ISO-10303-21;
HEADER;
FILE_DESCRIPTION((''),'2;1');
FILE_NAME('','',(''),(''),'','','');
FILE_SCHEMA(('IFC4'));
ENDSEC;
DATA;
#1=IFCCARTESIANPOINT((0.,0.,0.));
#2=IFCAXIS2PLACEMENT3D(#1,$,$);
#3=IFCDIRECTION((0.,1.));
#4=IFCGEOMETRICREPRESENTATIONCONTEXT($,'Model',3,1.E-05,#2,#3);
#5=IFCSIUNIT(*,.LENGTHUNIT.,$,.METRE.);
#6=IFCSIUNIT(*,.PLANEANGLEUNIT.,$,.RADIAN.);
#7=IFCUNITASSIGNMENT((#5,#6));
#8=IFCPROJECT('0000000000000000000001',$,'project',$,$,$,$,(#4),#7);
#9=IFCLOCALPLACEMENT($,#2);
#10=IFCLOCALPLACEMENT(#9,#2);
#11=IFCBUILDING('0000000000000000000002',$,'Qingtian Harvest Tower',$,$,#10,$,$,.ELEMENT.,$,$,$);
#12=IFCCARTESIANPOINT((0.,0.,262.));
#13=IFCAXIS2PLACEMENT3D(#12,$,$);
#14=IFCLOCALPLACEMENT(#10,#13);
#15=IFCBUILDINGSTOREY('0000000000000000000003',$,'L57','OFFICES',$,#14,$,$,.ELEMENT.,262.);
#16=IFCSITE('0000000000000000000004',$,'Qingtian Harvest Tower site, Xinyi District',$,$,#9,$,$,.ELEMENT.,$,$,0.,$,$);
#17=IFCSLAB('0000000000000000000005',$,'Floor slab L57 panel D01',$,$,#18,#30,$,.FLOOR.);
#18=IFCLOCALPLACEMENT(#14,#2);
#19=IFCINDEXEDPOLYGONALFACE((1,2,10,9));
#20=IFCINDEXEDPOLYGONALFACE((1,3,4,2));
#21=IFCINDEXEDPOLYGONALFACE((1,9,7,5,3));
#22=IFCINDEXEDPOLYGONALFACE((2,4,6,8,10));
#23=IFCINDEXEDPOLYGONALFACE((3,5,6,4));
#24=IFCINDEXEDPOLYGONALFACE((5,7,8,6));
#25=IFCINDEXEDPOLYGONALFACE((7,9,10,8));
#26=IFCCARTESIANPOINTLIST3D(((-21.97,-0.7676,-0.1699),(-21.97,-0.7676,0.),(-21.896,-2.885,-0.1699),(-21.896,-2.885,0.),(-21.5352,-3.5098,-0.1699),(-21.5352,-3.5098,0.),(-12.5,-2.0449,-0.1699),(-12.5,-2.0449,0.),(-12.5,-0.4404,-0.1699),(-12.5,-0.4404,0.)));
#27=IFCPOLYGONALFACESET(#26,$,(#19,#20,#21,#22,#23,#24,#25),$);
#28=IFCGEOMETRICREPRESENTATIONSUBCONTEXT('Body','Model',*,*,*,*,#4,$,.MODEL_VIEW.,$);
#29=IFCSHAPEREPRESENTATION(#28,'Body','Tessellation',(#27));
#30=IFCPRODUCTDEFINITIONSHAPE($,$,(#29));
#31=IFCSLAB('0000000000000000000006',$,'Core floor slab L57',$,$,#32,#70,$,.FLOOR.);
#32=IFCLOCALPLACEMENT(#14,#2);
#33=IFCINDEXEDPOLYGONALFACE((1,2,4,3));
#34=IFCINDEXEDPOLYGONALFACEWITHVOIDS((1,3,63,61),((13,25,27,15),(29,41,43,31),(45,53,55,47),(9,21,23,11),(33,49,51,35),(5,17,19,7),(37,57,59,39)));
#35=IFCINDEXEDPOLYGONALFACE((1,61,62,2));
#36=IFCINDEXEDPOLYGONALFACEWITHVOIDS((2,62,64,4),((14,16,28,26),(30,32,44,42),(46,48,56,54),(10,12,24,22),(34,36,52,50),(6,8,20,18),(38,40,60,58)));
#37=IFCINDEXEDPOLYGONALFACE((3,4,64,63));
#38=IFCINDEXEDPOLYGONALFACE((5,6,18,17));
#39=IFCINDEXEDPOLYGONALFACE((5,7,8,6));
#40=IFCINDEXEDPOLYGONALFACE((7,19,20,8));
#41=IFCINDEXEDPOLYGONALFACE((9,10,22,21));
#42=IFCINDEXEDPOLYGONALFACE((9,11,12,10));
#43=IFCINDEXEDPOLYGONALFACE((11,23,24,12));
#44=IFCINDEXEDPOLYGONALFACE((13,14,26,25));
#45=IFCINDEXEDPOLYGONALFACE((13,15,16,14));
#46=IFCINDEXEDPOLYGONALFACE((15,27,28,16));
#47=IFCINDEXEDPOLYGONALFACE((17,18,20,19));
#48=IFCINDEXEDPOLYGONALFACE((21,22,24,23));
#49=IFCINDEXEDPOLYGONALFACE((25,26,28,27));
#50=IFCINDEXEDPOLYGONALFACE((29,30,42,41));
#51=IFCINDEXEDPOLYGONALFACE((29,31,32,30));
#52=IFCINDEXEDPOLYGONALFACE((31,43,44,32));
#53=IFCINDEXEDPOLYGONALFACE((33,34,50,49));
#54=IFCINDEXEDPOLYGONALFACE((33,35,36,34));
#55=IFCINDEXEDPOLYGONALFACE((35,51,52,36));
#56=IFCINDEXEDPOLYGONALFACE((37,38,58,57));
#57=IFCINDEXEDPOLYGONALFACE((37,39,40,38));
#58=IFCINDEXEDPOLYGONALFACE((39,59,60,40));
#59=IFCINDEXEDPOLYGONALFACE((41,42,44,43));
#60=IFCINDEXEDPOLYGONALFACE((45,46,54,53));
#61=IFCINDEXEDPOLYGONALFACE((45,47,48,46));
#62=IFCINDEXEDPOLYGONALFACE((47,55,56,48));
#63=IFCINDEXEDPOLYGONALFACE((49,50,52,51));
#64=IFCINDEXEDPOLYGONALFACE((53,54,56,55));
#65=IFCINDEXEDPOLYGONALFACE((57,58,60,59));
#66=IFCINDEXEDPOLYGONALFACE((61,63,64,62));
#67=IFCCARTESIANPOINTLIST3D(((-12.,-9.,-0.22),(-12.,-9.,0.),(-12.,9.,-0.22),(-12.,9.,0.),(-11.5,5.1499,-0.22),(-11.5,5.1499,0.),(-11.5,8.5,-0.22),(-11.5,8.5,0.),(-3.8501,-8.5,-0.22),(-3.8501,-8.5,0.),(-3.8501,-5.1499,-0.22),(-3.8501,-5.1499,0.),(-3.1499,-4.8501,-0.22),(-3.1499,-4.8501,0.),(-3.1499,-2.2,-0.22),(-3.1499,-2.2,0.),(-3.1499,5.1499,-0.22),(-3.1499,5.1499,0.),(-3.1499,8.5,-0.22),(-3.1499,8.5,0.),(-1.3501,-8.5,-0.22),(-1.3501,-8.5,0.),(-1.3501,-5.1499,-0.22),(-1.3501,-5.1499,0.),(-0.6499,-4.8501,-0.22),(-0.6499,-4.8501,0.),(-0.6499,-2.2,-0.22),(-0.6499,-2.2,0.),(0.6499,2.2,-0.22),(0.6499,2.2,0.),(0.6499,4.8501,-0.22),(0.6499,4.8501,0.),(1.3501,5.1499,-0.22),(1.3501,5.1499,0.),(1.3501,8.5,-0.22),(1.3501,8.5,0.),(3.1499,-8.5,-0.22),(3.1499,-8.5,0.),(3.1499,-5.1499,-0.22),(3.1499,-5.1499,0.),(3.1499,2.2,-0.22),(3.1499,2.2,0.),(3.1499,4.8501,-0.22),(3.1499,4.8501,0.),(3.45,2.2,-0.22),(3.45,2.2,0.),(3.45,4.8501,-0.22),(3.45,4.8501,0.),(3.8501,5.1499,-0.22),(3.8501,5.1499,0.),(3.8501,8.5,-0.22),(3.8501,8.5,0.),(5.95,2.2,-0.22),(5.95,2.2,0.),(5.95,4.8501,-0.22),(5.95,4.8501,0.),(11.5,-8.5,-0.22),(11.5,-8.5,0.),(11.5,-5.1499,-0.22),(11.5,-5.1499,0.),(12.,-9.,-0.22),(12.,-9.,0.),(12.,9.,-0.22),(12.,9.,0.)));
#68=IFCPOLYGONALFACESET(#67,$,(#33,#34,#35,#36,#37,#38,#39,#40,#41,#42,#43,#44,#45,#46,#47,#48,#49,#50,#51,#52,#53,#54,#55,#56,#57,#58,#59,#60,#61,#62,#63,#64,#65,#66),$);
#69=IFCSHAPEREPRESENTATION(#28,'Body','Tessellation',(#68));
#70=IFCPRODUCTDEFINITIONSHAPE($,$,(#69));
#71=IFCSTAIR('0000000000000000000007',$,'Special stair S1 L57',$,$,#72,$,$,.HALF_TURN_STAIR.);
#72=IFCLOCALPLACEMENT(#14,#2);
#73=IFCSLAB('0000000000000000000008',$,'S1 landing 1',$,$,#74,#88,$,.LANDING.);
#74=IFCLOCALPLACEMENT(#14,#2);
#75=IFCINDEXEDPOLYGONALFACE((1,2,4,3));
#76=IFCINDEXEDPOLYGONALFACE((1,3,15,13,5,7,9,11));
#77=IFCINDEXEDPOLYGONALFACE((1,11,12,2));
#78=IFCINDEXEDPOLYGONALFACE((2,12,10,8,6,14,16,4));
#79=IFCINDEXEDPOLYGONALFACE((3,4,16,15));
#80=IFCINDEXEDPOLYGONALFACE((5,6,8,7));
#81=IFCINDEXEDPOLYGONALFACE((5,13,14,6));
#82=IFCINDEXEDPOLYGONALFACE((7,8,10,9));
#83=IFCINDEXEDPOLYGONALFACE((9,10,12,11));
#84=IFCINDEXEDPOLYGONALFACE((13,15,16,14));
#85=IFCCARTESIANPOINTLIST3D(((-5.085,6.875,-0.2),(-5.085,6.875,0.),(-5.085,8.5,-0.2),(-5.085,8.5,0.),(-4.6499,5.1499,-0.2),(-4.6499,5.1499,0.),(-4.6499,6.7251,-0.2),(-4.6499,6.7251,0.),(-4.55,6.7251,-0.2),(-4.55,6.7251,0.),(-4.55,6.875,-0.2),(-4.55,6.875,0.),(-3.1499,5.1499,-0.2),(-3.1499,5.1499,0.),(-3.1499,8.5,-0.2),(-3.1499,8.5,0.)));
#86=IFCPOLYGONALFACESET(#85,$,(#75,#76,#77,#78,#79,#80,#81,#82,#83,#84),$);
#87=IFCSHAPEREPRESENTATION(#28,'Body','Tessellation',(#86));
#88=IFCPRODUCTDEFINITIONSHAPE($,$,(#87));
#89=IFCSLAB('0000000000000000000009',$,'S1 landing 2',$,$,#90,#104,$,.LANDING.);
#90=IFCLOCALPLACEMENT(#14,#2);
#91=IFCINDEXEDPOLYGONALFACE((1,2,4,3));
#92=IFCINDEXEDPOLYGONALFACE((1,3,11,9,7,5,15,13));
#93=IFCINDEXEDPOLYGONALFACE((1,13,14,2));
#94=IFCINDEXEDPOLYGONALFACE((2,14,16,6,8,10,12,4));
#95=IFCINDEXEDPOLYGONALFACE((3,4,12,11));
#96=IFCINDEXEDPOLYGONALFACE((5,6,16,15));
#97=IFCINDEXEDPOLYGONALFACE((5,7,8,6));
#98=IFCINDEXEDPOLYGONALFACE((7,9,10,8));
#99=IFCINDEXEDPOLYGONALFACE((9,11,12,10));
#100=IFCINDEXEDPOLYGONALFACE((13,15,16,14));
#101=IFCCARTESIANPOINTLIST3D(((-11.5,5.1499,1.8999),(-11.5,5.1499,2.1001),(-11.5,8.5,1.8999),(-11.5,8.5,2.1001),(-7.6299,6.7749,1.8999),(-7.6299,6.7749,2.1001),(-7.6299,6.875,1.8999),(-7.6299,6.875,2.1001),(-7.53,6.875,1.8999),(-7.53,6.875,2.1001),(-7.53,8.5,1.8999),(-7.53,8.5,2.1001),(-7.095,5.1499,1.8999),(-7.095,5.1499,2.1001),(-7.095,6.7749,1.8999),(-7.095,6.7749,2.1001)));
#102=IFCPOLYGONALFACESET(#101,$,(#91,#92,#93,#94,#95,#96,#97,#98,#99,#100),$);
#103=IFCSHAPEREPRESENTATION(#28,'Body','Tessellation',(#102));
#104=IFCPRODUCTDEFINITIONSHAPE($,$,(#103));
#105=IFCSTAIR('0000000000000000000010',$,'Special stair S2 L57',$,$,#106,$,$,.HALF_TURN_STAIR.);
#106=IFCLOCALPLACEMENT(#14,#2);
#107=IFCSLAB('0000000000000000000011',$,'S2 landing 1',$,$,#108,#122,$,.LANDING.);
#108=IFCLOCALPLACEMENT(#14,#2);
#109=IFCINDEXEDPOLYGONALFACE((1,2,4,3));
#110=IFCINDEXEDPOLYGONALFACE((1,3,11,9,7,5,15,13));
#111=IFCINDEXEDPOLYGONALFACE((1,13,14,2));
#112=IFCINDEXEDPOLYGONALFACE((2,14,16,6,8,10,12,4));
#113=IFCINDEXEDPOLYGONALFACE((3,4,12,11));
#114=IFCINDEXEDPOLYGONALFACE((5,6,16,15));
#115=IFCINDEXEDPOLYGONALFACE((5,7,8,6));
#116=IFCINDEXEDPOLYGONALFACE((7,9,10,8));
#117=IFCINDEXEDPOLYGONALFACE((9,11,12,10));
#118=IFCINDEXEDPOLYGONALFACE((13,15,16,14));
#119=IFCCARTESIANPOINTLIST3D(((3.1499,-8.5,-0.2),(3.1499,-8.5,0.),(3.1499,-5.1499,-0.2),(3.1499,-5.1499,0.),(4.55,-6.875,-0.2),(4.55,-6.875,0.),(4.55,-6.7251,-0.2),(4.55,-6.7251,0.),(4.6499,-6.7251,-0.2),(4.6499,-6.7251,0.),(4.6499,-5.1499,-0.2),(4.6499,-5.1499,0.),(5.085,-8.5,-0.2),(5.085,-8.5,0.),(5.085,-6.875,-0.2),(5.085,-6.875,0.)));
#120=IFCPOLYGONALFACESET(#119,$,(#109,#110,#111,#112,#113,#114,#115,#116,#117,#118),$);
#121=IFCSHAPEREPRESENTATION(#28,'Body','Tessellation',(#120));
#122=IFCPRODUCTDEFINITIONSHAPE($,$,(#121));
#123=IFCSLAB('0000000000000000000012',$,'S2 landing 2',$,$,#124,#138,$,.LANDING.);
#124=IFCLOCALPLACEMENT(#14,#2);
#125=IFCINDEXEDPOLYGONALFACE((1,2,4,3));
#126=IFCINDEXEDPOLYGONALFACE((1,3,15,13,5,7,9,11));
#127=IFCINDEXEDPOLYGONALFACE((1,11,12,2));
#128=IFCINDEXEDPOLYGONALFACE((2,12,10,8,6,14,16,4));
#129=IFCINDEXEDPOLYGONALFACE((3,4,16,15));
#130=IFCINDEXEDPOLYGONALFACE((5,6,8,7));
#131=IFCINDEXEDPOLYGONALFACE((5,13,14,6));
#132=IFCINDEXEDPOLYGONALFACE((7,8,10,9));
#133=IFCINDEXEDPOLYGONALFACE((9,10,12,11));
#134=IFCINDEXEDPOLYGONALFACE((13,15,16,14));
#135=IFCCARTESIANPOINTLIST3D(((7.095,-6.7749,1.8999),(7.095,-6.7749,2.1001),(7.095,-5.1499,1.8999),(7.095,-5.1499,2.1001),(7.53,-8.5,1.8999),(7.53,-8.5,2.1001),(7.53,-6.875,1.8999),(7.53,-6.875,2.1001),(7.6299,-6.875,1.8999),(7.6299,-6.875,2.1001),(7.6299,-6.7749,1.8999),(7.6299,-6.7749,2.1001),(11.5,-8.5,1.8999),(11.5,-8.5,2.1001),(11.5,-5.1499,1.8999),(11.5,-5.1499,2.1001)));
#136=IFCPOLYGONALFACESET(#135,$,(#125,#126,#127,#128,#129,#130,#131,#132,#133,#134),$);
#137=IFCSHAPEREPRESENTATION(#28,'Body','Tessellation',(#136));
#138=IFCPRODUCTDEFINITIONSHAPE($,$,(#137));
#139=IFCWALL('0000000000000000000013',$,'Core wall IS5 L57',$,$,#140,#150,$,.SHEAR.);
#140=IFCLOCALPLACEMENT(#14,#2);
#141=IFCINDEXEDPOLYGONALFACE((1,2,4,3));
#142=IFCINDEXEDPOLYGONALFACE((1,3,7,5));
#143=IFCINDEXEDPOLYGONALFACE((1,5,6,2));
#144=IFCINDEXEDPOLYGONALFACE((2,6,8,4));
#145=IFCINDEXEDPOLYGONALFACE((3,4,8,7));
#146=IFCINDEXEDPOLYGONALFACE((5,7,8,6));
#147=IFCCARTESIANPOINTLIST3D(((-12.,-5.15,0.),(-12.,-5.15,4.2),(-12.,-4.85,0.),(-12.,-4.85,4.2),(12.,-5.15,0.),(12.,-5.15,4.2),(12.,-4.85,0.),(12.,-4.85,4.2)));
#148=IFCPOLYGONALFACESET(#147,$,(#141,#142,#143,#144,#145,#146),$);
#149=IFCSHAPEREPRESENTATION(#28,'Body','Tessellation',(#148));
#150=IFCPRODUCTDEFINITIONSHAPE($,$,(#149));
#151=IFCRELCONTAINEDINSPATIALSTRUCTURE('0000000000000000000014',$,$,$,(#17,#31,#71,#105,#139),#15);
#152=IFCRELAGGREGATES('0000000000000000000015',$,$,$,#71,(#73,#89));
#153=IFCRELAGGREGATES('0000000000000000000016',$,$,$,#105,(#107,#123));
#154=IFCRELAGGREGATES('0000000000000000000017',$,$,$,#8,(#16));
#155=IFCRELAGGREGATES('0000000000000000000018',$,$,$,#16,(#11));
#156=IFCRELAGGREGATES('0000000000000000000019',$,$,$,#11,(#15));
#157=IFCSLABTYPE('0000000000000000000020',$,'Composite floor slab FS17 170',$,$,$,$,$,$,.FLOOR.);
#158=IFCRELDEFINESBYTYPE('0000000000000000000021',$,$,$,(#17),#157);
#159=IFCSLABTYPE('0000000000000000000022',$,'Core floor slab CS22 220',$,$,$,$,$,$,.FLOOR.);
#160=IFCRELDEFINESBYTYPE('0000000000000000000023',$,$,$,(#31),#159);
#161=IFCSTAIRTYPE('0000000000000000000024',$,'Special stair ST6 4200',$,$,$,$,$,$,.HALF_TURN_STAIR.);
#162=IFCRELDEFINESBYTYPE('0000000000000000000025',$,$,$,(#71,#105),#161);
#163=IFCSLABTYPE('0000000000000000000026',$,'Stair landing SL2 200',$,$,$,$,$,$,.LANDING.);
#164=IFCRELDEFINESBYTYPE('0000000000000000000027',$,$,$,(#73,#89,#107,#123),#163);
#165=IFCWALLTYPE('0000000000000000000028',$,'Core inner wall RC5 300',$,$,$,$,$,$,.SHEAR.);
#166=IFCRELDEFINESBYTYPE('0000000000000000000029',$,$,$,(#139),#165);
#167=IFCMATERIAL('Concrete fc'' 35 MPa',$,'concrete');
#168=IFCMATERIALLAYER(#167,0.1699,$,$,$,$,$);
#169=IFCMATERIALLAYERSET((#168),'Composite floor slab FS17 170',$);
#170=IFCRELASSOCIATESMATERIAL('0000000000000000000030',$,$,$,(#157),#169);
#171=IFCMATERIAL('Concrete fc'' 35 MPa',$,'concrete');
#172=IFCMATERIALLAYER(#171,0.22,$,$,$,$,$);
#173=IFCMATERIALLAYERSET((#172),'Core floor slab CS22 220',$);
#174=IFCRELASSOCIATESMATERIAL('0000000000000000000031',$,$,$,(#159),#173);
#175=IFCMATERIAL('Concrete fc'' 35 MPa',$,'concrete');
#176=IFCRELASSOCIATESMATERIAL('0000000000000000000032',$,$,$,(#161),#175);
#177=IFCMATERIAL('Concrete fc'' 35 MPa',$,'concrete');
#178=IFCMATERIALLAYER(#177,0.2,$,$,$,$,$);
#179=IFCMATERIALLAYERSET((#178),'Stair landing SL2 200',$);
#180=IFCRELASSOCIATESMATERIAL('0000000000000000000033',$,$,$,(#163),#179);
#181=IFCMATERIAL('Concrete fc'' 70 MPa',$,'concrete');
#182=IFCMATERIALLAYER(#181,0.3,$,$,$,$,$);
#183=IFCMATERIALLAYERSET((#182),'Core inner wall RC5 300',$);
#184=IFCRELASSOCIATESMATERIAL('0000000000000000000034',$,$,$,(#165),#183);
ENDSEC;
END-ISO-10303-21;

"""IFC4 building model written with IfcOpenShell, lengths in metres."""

from ifc_helpers import new_model, si_unit, direction, frame, frame_2d, origin, place, context, subcontext, project, spatial, polyline, rectangle, outline, extrude, material, layer, layer_set, type_object, element, aggregate, save


model = new_model("IFC4")

# Units and contexts
model_context = context("Model", 3, precision=1e-05, world=origin(), true_north=direction((0.0, 1.0)))
body_context = subcontext(model_context, "Body", "Model", "MODEL_VIEW")
ifc_project = project(units=[si_unit("LENGTHUNIT", "METRE"), si_unit("PLANEANGLEUNIT", "RADIAN")], contexts=[model_context])

# Site, building, storey
site_placement = place(None, origin())
site = spatial("IfcSite", under=ifc_project, at=site_placement, Name="Qingtian Harvest Tower site, Xinyi District", CompositionType="ELEMENT", RefElevation=0.0)
building_placement = place(site_placement, origin())
building = spatial("IfcBuilding", under=site, at=building_placement, Name="Qingtian Harvest Tower", CompositionType="ELEMENT")
storey_placement = place(building_placement, frame((0.0, 0.0, 262.0)))
storey = spatial("IfcBuildingStorey", under=building, at=storey_placement, Name="L57", Description="OFFICES", CompositionType="ELEMENT", Elevation=262.0)

# Slabs
ifc_material_1 = material(Name="Concrete fc' 35 MPa", Category="concrete")
ifc_layer_1 = layer(ifc_material_1, 0.1699)
ifc_layer_set_1 = layer_set([ifc_layer_1], Name="Composite floor slab FS17 170")
slab_type_1 = type_object("IfcSlabType", Name="Composite floor slab FS17 170", PredefinedType="FLOOR", material=ifc_layer_set_1)
slab_1_placement = place(storey_placement, frame((0.0, 0.0, -0.1699)))
element("IfcSlab", 1, at=slab_1_placement, inside=storey, type_object=slab_type_1, Name="Floor slab L57 panel D01", PredefinedType="FLOOR", context=body_context, shape_type="SweptSolid", body=[
    extrude(outline(polyline([(-21.97, -0.7676), (-12.5, -0.4404), (-12.5, -2.0449), (-21.5352, -3.5098), (-21.896, -2.885), (-21.97, -0.7676)])), origin(), (0.0, 0.0, 1.0), 0.1699),
])
ifc_material_2 = material(Name="Concrete fc' 35 MPa", Category="concrete")
ifc_layer_2 = layer(ifc_material_2, 0.22)
ifc_layer_set_2 = layer_set([ifc_layer_2], Name="Core floor slab CS22 220")
slab_type_2 = type_object("IfcSlabType", Name="Core floor slab CS22 220", PredefinedType="FLOOR", material=ifc_layer_set_2)
slab_2_placement = place(storey_placement, frame((0.0, 0.0, -0.22)))
element("IfcSlab", 2, at=slab_2_placement, inside=storey, type_object=slab_type_2, Name="Core floor slab L57", PredefinedType="FLOOR", context=body_context, shape_type="SweptSolid", body=[
    extrude(outline(polyline([(-12.0, -9.0), (12.0, -9.0), (12.0, 9.0), (-12.0, 9.0), (-12.0, -9.0)]), holes=[polyline([(-11.5, 5.1499), (-3.1499, 5.1499), (-3.1499, 8.5), (-11.5, 8.5), (-11.5, 5.1499)]), polyline([(3.1499, -8.5), (11.5, -8.5), (11.5, -5.1499), (3.1499, -5.1499), (3.1499, -8.5)]), polyline([(1.3501, 5.1499), (3.8501, 5.1499), (3.8501, 8.5), (1.3501, 8.5), (1.3501, 5.1499)]), polyline([(-3.8501, -8.5), (-1.3501, -8.5), (-1.3501, -5.1499), (-3.8501, -5.1499), (-3.8501, -8.5)]), polyline([(0.6499, 2.2), (3.1499, 2.2), (3.1499, 4.8501), (0.6499, 4.8501), (0.6499, 2.2)]), polyline([(3.45, 2.2), (5.95, 2.2), (5.95, 4.8501), (3.45, 4.8501), (3.45, 2.2)]), polyline([(-3.1499, -4.8501), (-0.6499, -4.8501), (-0.6499, -2.2), (-3.1499, -2.2), (-3.1499, -4.8501)])]), origin(), (0.0, 0.0, 1.0), 0.22),
])

# Stairs, slabs
ifc_material_3 = material(Name="Concrete fc' 35 MPa", Category="concrete")
stair_type = type_object("IfcStairType", Name="Special stair ST6 4200", PredefinedType="HALF_TURN_STAIR", material=ifc_material_3)
stair_1_placement = place(storey_placement, origin())
stair_1 = element("IfcStair", 3, at=stair_1_placement, inside=storey, type_object=stair_type, Name="Special stair S1 L57", PredefinedType="HALF_TURN_STAIR")
ifc_material_4 = material(Name="Concrete fc' 35 MPa", Category="concrete")
ifc_layer_3 = layer(ifc_material_4, 0.2)
ifc_layer_set_3 = layer_set([ifc_layer_3], Name="Stair landing SL2 200")
slab_type_3 = type_object("IfcSlabType", Name="Stair landing SL2 200", PredefinedType="LANDING", material=ifc_layer_set_3)
slab_3_placement = place(storey_placement, frame((0.0, 0.0, -0.2)))
slab_3 = element("IfcSlab", 4, at=slab_3_placement, type_object=slab_type_3, Name="S1 landing 1", PredefinedType="LANDING", context=body_context, shape_type="SweptSolid", body=[
    extrude(outline(polyline([(-4.6499, 5.1499), (-4.6499, 6.7251), (-4.55, 6.7251), (-4.55, 6.875), (-5.085, 6.875), (-5.085, 8.5), (-3.1499, 8.5), (-3.1499, 5.1499), (-4.6499, 5.1499)])), origin(), (0.0, 0.0, 1.0), 0.2),
])
slab_4_placement = place(storey_placement, frame((0.0, 0.0, 1.8999)))
slab_4 = element("IfcSlab", 5, at=slab_4_placement, type_object=slab_type_3, Name="S1 landing 2", PredefinedType="LANDING", context=body_context, shape_type="SweptSolid", body=[
    extrude(outline(polyline([(-7.095, 5.1499), (-11.5, 5.1499), (-11.5, 8.5), (-7.53, 8.5), (-7.53, 6.875), (-7.6299, 6.875), (-7.6299, 6.7749), (-7.095, 6.7749), (-7.095, 5.1499)])), origin(), (0.0, 0.0, 1.0), 0.2002),
])
aggregate(stair_1, [slab_3, slab_4])
stair_2_placement = place(storey_placement, origin())
stair_2 = element("IfcStair", 6, at=stair_2_placement, inside=storey, type_object=stair_type, Name="Special stair S2 L57", PredefinedType="HALF_TURN_STAIR")
slab_5_placement = place(storey_placement, frame((0.0, 0.0, -0.2)))
slab_5 = element("IfcSlab", 7, at=slab_5_placement, type_object=slab_type_3, Name="S2 landing 1", PredefinedType="LANDING", context=body_context, shape_type="SweptSolid", body=[
    extrude(outline(polyline([(5.085, -8.5), (3.1499, -8.5), (3.1499, -5.1499), (4.6499, -5.1499), (4.6499, -6.7251), (4.55, -6.7251), (4.55, -6.875), (5.085, -6.875), (5.085, -8.5)])), origin(), (0.0, 0.0, 1.0), 0.2),
])
slab_6_placement = place(storey_placement, frame((0.0, 0.0, 1.8999)))
slab_6 = element("IfcSlab", 8, at=slab_6_placement, type_object=slab_type_3, Name="S2 landing 2", PredefinedType="LANDING", context=body_context, shape_type="SweptSolid", body=[
    extrude(outline(polyline([(7.53, -8.5), (7.53, -6.875), (7.6299, -6.875), (7.6299, -6.7749), (7.095, -6.7749), (7.095, -5.1499), (11.5, -5.1499), (11.5, -8.5), (7.53, -8.5)])), origin(), (0.0, 0.0, 1.0), 0.2002),
])
aggregate(stair_2, [slab_5, slab_6])

# Wall
ifc_material_5 = material(Name="Concrete fc' 70 MPa", Category="concrete")
ifc_layer_4 = layer(ifc_material_5, 0.3)
ifc_layer_set_4 = layer_set([ifc_layer_4], Name="Core inner wall RC5 300")
wall_type_1 = type_object("IfcWallType", Name="Core inner wall RC5 300", PredefinedType="SHEAR", material=ifc_layer_set_4)
wall_1_placement = place(storey_placement, frame((-12.0, -5.0, 0.0), z_axis=(0.0, 0.0, 1.0), x_axis=(1.0, 0.0, 0.0)))
element("IfcWall", 9, at=wall_1_placement, inside=storey, type_object=wall_type_1, Name="Core wall IS5 L57", PredefinedType="SHEAR", context=body_context, shape_type="SweptSolid", body=[
    extrude(rectangle(XDim=24.0, YDim=0.3, at=frame_2d((12.0, 0.0))), origin(), (0.0, 0.0, 1.0), 4.2),
])

save(model, "model.ifc")
